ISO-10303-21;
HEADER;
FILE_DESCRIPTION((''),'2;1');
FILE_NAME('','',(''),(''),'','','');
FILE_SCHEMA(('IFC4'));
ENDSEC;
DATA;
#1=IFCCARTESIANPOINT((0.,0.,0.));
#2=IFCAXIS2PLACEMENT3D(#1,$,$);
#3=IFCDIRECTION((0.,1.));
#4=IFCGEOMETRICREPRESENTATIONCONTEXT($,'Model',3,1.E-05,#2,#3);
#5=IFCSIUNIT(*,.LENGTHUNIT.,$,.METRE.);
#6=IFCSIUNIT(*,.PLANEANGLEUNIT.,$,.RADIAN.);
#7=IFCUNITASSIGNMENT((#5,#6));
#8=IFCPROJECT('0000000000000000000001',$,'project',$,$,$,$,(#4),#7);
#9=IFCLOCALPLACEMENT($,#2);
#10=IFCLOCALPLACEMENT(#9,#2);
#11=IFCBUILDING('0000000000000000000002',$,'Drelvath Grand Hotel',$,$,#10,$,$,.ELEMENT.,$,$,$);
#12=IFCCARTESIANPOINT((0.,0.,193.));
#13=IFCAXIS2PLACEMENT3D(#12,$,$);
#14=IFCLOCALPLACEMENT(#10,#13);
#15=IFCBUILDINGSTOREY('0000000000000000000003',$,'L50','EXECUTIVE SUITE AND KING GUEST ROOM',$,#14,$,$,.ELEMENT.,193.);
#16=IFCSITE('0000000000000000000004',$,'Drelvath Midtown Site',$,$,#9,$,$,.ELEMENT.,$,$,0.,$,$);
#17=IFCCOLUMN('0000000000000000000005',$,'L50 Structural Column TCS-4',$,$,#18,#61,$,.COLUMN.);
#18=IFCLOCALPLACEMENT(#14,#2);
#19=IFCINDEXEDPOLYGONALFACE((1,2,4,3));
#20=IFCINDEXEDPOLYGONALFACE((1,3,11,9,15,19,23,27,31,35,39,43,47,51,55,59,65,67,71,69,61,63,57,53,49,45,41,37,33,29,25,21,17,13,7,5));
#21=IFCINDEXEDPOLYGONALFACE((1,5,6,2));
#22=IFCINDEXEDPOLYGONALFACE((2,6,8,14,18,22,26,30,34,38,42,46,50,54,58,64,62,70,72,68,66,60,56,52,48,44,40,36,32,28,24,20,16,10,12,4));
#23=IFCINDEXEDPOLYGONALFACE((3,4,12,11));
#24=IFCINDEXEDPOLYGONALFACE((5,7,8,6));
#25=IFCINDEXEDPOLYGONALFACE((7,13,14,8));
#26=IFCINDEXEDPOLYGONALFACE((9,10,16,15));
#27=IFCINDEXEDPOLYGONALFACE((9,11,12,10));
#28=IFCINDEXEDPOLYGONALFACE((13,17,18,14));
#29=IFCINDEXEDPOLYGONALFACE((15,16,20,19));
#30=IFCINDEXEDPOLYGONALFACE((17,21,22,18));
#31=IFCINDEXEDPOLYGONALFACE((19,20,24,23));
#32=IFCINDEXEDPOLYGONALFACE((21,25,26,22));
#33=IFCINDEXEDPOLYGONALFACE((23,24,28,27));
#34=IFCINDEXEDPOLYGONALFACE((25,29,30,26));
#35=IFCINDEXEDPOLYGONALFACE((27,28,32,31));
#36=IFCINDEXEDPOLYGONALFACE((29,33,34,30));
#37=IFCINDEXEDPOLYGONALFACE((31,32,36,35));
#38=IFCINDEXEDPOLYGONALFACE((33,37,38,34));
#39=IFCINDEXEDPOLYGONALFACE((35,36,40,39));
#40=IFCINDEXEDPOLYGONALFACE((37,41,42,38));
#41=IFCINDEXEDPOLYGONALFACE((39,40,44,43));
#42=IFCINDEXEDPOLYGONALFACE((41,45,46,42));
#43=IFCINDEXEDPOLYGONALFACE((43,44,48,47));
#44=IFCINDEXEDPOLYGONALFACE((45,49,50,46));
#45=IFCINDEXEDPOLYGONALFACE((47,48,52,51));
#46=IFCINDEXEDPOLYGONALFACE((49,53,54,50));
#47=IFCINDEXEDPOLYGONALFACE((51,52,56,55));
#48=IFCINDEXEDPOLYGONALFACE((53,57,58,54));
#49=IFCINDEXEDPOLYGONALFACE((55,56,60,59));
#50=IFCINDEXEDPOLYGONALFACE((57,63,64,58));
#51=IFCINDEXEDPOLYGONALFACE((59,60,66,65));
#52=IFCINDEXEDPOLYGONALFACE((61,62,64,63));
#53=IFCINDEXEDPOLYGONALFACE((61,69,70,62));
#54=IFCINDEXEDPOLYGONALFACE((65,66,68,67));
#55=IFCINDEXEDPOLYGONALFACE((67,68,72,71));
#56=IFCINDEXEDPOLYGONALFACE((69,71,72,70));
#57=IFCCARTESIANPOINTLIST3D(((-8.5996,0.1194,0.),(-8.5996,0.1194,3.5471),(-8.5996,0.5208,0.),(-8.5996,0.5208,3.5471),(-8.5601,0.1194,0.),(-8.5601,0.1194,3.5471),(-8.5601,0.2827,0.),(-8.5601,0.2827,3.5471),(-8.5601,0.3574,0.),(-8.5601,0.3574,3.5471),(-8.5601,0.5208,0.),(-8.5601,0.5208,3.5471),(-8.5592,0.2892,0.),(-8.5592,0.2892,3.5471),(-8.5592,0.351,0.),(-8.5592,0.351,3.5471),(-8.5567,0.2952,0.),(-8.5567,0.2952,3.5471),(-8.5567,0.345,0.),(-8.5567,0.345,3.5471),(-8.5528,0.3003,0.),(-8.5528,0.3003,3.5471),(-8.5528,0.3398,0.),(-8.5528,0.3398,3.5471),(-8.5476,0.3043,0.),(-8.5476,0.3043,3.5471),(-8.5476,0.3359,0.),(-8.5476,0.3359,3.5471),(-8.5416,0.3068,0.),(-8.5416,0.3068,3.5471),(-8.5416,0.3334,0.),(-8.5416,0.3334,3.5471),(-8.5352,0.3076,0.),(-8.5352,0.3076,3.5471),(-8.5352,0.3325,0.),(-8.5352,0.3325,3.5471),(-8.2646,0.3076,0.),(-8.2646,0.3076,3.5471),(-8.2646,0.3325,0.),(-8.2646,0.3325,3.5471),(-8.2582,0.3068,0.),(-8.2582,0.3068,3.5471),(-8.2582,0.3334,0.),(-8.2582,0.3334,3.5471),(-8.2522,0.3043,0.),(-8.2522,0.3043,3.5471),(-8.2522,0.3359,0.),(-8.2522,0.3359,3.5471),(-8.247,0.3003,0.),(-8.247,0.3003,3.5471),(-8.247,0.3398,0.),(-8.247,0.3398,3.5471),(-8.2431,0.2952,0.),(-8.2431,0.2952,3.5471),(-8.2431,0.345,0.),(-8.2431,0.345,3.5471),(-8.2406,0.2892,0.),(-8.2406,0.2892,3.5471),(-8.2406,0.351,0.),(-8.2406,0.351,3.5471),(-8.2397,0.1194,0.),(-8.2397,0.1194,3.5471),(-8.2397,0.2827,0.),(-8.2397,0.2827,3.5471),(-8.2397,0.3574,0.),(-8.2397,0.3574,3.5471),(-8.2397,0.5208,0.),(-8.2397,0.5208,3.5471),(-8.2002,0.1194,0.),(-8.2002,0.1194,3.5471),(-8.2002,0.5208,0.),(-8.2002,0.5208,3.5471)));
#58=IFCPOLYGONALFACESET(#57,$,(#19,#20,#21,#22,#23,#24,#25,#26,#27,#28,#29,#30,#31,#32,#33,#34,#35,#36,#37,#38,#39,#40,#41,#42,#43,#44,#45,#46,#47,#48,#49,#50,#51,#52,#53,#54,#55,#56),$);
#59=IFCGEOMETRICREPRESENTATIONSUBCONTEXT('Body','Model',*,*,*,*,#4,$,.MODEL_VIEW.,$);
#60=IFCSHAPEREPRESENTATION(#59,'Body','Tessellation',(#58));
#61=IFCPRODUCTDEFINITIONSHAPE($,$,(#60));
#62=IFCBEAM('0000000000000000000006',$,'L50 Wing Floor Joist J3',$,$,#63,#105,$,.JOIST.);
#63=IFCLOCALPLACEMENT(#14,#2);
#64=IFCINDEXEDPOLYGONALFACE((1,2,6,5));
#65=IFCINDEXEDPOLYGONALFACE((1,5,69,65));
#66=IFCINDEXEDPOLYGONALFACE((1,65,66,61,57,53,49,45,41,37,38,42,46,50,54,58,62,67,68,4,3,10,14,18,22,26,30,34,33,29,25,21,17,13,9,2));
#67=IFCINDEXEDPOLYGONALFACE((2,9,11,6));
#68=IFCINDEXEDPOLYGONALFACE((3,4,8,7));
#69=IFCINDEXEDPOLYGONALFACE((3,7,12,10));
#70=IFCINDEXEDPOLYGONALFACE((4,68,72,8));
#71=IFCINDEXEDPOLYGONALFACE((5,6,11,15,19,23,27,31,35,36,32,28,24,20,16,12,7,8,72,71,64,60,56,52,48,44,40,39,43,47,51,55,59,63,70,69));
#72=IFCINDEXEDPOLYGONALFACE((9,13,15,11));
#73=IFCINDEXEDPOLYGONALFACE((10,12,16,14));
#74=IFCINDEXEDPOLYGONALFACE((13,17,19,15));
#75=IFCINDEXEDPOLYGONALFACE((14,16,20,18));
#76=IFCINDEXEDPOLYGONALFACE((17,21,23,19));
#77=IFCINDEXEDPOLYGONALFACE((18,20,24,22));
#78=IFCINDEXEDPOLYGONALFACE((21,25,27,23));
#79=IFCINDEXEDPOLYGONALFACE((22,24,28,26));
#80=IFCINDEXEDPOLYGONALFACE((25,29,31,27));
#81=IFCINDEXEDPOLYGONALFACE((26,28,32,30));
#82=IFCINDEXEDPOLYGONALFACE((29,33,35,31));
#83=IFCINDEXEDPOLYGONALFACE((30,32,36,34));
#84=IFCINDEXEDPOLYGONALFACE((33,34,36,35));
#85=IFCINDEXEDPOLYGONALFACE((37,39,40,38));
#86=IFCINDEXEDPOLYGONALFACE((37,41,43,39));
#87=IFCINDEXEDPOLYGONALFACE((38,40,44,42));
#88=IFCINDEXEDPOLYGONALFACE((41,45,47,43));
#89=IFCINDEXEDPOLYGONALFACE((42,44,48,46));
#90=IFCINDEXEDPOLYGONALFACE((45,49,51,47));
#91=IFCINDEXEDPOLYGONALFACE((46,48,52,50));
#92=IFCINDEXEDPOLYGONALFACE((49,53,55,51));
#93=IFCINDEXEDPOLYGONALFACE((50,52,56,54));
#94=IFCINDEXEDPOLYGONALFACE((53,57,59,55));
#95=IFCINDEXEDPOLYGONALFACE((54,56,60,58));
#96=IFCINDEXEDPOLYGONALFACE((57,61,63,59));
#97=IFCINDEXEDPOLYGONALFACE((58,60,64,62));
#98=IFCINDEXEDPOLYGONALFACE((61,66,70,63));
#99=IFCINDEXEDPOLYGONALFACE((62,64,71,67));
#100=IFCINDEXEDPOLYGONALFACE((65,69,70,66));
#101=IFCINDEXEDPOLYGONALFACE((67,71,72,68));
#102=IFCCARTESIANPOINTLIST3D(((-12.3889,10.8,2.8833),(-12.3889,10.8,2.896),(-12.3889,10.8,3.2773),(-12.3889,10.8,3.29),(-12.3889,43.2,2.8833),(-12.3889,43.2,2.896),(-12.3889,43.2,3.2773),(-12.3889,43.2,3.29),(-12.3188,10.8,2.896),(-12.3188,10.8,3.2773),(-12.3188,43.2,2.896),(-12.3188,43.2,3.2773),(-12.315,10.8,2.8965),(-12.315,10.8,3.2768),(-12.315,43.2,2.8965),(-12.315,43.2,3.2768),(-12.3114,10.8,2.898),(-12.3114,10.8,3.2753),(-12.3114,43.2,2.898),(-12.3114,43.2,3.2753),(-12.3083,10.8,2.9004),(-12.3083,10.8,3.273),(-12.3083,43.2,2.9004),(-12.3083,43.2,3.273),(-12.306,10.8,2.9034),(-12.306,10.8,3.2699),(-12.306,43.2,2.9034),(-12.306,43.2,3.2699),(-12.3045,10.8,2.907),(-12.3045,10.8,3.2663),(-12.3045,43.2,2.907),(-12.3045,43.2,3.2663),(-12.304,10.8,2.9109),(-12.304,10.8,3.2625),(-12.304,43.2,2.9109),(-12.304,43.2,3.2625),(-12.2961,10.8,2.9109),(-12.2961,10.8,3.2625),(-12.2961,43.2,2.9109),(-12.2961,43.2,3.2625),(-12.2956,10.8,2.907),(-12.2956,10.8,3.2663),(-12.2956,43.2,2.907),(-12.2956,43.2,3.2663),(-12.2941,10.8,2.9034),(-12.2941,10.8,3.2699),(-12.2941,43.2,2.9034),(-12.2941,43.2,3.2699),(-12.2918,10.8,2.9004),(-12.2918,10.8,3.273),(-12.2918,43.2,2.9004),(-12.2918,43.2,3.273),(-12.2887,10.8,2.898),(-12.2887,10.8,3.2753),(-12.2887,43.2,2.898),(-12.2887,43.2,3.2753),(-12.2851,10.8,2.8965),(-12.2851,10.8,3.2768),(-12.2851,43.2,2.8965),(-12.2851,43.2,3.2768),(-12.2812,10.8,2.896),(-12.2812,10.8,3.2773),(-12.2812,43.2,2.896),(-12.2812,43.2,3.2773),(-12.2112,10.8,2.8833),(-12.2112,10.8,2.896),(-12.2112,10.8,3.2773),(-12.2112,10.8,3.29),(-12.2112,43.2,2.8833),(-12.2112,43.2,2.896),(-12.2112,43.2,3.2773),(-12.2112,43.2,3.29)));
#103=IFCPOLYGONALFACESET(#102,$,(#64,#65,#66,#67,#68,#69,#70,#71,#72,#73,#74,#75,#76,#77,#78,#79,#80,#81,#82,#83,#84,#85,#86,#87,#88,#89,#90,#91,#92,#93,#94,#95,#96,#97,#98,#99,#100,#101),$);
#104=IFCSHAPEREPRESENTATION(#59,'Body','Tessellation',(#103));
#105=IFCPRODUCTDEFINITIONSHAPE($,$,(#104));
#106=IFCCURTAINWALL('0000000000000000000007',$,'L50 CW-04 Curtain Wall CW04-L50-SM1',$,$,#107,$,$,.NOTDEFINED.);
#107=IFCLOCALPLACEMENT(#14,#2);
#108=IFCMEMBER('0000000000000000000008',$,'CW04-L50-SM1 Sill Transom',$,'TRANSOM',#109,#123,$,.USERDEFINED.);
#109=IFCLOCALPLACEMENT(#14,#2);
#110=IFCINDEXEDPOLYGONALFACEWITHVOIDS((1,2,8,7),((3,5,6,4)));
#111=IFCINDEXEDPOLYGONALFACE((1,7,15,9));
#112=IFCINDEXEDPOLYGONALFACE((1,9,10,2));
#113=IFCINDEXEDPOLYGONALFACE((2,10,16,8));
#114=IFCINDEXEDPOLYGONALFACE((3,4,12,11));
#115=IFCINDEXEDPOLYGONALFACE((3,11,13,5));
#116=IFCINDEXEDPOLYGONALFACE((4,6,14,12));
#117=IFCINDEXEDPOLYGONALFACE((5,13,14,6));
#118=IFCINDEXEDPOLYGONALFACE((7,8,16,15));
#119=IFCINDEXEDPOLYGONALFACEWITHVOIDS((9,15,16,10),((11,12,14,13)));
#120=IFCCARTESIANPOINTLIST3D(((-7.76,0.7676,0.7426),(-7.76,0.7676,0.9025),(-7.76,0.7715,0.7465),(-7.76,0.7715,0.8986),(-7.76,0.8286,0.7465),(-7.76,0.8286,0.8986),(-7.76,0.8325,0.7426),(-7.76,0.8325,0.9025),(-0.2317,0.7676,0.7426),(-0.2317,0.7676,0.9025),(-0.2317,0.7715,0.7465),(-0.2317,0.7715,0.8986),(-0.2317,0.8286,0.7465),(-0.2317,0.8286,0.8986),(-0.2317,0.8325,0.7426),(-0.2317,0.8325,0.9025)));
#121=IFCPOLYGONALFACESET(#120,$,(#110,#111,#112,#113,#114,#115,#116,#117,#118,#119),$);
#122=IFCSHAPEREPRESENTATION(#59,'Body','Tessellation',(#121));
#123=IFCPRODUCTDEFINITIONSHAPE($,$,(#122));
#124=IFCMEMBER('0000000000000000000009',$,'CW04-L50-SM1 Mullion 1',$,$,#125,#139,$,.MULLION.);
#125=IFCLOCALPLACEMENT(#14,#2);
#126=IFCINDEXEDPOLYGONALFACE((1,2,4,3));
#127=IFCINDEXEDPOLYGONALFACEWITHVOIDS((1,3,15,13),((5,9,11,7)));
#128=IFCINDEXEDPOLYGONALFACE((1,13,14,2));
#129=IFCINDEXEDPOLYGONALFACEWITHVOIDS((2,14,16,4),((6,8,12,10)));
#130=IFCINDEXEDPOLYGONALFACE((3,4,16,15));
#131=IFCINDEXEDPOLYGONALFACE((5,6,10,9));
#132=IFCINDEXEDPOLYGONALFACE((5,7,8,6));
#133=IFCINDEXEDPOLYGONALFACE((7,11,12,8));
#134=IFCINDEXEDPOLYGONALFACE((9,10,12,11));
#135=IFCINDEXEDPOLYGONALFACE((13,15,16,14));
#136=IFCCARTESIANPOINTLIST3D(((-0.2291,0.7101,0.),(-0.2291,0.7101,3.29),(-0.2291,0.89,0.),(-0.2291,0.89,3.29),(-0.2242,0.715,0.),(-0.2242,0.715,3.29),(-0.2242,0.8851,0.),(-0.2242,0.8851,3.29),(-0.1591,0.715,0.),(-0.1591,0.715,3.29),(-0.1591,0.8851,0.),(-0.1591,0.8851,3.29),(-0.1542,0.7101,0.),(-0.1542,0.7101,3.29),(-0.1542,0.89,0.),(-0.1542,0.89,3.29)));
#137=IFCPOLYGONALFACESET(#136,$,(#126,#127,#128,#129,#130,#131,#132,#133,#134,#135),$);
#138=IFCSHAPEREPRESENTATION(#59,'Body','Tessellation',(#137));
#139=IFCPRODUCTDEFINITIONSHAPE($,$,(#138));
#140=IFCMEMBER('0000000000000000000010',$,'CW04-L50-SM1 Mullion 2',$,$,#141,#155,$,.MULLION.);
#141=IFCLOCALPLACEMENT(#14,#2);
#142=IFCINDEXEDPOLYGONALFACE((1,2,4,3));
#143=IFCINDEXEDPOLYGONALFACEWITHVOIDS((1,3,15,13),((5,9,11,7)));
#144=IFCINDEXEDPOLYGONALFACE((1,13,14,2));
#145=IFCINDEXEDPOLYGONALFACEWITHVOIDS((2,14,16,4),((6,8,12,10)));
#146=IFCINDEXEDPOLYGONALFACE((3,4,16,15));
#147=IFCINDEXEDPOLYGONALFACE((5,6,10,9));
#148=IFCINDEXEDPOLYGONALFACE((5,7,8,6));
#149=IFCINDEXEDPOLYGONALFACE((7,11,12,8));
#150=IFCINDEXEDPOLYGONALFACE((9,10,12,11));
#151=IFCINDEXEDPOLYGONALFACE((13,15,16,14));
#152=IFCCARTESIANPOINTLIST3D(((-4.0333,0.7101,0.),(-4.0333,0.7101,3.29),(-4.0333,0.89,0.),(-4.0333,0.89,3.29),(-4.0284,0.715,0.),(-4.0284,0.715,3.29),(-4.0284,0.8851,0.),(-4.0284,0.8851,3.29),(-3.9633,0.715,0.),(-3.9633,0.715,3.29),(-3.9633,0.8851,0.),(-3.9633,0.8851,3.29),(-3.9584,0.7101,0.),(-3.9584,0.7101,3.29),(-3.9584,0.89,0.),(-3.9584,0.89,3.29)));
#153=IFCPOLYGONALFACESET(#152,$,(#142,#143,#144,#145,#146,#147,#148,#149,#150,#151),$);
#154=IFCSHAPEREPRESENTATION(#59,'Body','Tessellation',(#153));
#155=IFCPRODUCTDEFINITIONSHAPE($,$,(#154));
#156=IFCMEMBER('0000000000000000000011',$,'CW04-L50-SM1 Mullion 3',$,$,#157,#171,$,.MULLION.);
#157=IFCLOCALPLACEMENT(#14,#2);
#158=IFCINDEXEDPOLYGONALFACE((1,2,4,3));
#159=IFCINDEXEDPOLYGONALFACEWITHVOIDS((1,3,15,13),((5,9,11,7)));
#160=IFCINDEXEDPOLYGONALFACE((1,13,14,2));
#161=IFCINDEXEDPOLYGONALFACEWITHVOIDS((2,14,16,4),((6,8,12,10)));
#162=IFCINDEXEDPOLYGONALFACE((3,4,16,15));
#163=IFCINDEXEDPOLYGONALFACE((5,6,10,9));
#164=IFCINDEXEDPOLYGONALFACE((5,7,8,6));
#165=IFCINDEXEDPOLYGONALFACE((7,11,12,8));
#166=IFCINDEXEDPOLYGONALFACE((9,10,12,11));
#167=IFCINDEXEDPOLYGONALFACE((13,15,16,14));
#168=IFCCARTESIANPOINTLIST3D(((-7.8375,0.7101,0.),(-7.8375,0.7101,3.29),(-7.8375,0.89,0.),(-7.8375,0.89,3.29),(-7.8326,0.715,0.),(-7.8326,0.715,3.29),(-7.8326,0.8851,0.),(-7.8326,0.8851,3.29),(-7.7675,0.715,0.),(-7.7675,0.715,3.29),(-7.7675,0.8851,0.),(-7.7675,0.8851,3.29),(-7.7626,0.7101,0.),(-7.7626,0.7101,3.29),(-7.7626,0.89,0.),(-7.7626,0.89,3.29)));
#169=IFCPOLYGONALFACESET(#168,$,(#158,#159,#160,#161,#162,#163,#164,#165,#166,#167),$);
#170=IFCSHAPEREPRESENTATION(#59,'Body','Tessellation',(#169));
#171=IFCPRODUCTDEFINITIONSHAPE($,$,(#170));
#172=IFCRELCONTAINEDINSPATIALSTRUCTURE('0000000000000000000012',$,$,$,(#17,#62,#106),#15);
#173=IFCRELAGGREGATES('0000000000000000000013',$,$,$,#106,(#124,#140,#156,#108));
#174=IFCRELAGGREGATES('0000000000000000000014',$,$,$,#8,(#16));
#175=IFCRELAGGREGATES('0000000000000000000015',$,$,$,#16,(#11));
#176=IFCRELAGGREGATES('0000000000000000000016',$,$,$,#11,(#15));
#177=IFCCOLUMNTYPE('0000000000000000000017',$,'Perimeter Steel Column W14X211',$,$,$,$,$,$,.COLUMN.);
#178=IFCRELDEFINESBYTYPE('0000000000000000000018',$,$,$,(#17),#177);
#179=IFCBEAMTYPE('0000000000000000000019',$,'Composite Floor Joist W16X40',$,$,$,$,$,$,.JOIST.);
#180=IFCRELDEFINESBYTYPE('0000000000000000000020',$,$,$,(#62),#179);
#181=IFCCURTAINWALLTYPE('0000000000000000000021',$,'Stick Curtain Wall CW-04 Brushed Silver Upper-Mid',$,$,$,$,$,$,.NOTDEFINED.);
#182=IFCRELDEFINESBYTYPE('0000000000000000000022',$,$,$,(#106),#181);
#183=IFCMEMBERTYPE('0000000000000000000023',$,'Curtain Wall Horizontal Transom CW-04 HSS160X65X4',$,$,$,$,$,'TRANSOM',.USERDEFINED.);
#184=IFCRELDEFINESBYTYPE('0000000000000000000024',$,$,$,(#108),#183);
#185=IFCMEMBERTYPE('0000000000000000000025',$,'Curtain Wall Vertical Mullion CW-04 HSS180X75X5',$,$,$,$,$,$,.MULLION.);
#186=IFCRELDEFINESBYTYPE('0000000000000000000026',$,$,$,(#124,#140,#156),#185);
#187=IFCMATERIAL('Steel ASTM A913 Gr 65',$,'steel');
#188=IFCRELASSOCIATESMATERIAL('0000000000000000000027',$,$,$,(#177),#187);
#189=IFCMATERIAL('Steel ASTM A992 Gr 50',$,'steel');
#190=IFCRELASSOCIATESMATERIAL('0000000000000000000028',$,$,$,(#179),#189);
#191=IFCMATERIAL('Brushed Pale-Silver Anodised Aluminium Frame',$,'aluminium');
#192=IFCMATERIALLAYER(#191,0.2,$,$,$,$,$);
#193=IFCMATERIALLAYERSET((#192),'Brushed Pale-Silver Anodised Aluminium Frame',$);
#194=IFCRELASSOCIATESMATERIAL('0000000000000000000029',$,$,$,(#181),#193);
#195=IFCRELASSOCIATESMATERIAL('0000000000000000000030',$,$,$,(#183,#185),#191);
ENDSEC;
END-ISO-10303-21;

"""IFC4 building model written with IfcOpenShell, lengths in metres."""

from ifc_helpers import new_model, si_unit, direction, frame, origin, origin_2d, place, context, subcontext, project, spatial, hollow_rectangle, i_section, extrude, material, layer, layer_set, material_profile, profile_set, type_object, element, aggregate, save


model = new_model("IFC4")

# Units and contexts
model_context = context("Model", 3, precision=1e-05, world=origin(), true_north=direction((0.0, 1.0)))
body_context = subcontext(model_context, "Body", "Model", "MODEL_VIEW")
ifc_project = project(units=[si_unit("LENGTHUNIT", "METRE"), si_unit("PLANEANGLEUNIT", "RADIAN")], contexts=[model_context])

# Site, building, storey
site_placement = place(None, origin())
site = spatial("IfcSite", under=ifc_project, at=site_placement, Name="Drelvath Midtown Site", CompositionType="ELEMENT", RefElevation=0.0)
building_placement = place(site_placement, origin())
building = spatial("IfcBuilding", under=site, at=building_placement, Name="Drelvath Grand Hotel", CompositionType="ELEMENT")
storey_placement = place(building_placement, frame((0.0, 0.0, 193.0)))
storey = spatial("IfcBuildingStorey", under=building, at=storey_placement, Name="L50", Description="EXECUTIVE SUITE AND KING GUEST ROOM", CompositionType="ELEMENT", Elevation=193.0)

# Column
ifc_material_1 = material(Name="Steel ASTM A913 Gr 65", Category="steel")
ifc_material_profile_1 = material_profile(ifc_material_1, i_section(OverallWidth=0.4014, OverallDepth=0.3994, WebThickness=0.0249, FlangeThickness=0.0396, FilletRadius=0.0249, at=origin_2d()), Name="W14X211")
ifc_profile_set_1 = profile_set([ifc_material_profile_1], Name="Steel ASTM A913 Gr 65")
column_type = type_object("IfcColumnType", Name="Perimeter Steel Column W14X211", PredefinedType="COLUMN", material=ifc_profile_set_1)
column_placement = place(storey_placement, frame((-8.3999, 0.3201, 0.0), z_axis=(0.0, 0.0, 1.0), x_axis=(0.0, 1.0, 0.0)))
element("IfcColumn", 1, at=column_placement, inside=storey, type_object=column_type, Name="L50 Structural Column TCS-4", PredefinedType="COLUMN", context=body_context, shape_type="SweptSolid", body=[
    extrude(i_section(OverallWidth=0.4014, OverallDepth=0.3994, WebThickness=0.0249, FlangeThickness=0.0396, FilletRadius=0.0249, at=origin_2d()), origin(), (0.0, 0.0, 1.0), 3.5471),
])

# Beam
ifc_material_2 = material(Name="Steel ASTM A992 Gr 50", Category="steel")
ifc_material_profile_2 = material_profile(ifc_material_2, i_section(OverallWidth=0.1777, OverallDepth=0.4067, WebThickness=0.0078, FlangeThickness=0.0127, FilletRadius=0.0149, at=origin_2d()), Name="W16X40")
ifc_profile_set_2 = profile_set([ifc_material_profile_2], Name="Steel ASTM A992 Gr 50")
beam_type_1 = type_object("IfcBeamType", Name="Composite Floor Joist W16X40", PredefinedType="JOIST", material=ifc_profile_set_2)
beam_1_placement = place(storey_placement, frame((-12.3, 10.8, 3.0867), z_axis=(0.0, 1.0, 0.0), x_axis=(-1.0, 0.0, 0.0)))
element("IfcBeam", 2, at=beam_1_placement, inside=storey, type_object=beam_type_1, Name="L50 Wing Floor Joist J3", PredefinedType="JOIST", context=body_context, shape_type="SweptSolid", body=[
    extrude(i_section(OverallWidth=0.1777, OverallDepth=0.4067, WebThickness=0.0078, FlangeThickness=0.0127, FilletRadius=0.0149, at=origin_2d()), origin(), (0.0, 0.0, 1.0), 32.3999),
])

# Curtain wall, members
ifc_material_3 = material(Name="Brushed Pale-Silver Anodised Aluminium Frame", Category="aluminium")
ifc_layer_1 = layer(ifc_material_3, 0.2)
ifc_layer_set_1 = layer_set([ifc_layer_1], Name="Brushed Pale-Silver Anodised Aluminium Frame")
curtain_wall_type = type_object("IfcCurtainWallType", Name="Stick Curtain Wall CW-04 Brushed Silver Upper-Mid", PredefinedType="NOTDEFINED", material=ifc_layer_set_1)
curtain_wall_placement = place(storey_placement, origin())
curtain_wall = element("IfcCurtainWall", 3, at=curtain_wall_placement, inside=storey, type_object=curtain_wall_type, Name="L50 CW-04 Curtain Wall CW04-L50-SM1", PredefinedType="NOTDEFINED")
ifc_material_profile_3 = material_profile(ifc_material_3, hollow_rectangle(XDim=0.0649, YDim=0.1599, WallThickness=0.0039, at=origin_2d()), Name="HSS160X65X4")
ifc_profile_set_3 = profile_set([ifc_material_profile_3], Name="Brushed Pale-Silver Anodised Aluminium Frame")
member_type_1 = type_object("IfcMemberType", Name="Curtain Wall Horizontal Transom CW-04 HSS160X65X4", ElementType="TRANSOM", PredefinedType="USERDEFINED", material=ifc_profile_set_3)
member_1_placement = place(storey_placement, frame((-0.2317, 0.8, 0.8225), z_axis=(-1.0, 0.0, 0.0), x_axis=(0.0, -1.0, 0.0)))
member_1 = element("IfcMember", 4, at=member_1_placement, type_object=member_type_1, Name="CW04-L50-SM1 Sill Transom", ObjectType="TRANSOM", PredefinedType="USERDEFINED", context=body_context, shape_type="SweptSolid", body=[
    extrude(hollow_rectangle(XDim=0.0649, YDim=0.1599, WallThickness=0.0039, at=origin_2d()), origin(), (0.0, 0.0, 1.0), 7.5283),
])
ifc_material_profile_4 = material_profile(ifc_material_3, hollow_rectangle(XDim=0.075, YDim=0.1799, WallThickness=0.0049, at=origin_2d()), Name="HSS180X75X5")
ifc_profile_set_4 = profile_set([ifc_material_profile_4], Name="Brushed Pale-Silver Anodised Aluminium Frame")
member_type_2 = type_object("IfcMemberType", Name="Curtain Wall Vertical Mullion CW-04 HSS180X75X5", PredefinedType="MULLION", material=ifc_profile_set_4)
member_2_placement = place(storey_placement, frame((-0.1917, 0.8, 0.0), z_axis=(0.0, 0.0, 1.0), x_axis=(1.0, 0.0, 0.0)))
member_2 = element("IfcMember", 5, at=member_2_placement, type_object=member_type_2, Name="CW04-L50-SM1 Mullion 1", PredefinedType="MULLION", context=body_context, shape_type="SweptSolid", body=[
    extrude(hollow_rectangle(XDim=0.075, YDim=0.1799, WallThickness=0.0049, at=origin_2d()), origin(), (0.0, 0.0, 1.0), 3.29),
])
member_3_placement = place(storey_placement, frame((-3.9958, 0.8, 0.0), z_axis=(0.0, 0.0, 1.0), x_axis=(1.0, 0.0, 0.0)))
member_3 = element("IfcMember", 6, at=member_3_placement, type_object=member_type_2, Name="CW04-L50-SM1 Mullion 2", PredefinedType="MULLION", context=body_context, shape_type="SweptSolid", body=[
    extrude(hollow_rectangle(XDim=0.075, YDim=0.1799, WallThickness=0.0049, at=origin_2d()), origin(), (0.0, 0.0, 1.0), 3.29),
])
member_4_placement = place(storey_placement, frame((-7.8, 0.8, 0.0), z_axis=(0.0, 0.0, 1.0), x_axis=(1.0, 0.0, 0.0)))
member_4 = element("IfcMember", 7, at=member_4_placement, type_object=member_type_2, Name="CW04-L50-SM1 Mullion 3", PredefinedType="MULLION", context=body_context, shape_type="SweptSolid", body=[
    extrude(hollow_rectangle(XDim=0.075, YDim=0.1799, WallThickness=0.0049, at=origin_2d()), origin(), (0.0, 0.0, 1.0), 3.29),
])

aggregate(curtain_wall, [member_2, member_3, member_4, member_1])

save(model, "model.ifc")
